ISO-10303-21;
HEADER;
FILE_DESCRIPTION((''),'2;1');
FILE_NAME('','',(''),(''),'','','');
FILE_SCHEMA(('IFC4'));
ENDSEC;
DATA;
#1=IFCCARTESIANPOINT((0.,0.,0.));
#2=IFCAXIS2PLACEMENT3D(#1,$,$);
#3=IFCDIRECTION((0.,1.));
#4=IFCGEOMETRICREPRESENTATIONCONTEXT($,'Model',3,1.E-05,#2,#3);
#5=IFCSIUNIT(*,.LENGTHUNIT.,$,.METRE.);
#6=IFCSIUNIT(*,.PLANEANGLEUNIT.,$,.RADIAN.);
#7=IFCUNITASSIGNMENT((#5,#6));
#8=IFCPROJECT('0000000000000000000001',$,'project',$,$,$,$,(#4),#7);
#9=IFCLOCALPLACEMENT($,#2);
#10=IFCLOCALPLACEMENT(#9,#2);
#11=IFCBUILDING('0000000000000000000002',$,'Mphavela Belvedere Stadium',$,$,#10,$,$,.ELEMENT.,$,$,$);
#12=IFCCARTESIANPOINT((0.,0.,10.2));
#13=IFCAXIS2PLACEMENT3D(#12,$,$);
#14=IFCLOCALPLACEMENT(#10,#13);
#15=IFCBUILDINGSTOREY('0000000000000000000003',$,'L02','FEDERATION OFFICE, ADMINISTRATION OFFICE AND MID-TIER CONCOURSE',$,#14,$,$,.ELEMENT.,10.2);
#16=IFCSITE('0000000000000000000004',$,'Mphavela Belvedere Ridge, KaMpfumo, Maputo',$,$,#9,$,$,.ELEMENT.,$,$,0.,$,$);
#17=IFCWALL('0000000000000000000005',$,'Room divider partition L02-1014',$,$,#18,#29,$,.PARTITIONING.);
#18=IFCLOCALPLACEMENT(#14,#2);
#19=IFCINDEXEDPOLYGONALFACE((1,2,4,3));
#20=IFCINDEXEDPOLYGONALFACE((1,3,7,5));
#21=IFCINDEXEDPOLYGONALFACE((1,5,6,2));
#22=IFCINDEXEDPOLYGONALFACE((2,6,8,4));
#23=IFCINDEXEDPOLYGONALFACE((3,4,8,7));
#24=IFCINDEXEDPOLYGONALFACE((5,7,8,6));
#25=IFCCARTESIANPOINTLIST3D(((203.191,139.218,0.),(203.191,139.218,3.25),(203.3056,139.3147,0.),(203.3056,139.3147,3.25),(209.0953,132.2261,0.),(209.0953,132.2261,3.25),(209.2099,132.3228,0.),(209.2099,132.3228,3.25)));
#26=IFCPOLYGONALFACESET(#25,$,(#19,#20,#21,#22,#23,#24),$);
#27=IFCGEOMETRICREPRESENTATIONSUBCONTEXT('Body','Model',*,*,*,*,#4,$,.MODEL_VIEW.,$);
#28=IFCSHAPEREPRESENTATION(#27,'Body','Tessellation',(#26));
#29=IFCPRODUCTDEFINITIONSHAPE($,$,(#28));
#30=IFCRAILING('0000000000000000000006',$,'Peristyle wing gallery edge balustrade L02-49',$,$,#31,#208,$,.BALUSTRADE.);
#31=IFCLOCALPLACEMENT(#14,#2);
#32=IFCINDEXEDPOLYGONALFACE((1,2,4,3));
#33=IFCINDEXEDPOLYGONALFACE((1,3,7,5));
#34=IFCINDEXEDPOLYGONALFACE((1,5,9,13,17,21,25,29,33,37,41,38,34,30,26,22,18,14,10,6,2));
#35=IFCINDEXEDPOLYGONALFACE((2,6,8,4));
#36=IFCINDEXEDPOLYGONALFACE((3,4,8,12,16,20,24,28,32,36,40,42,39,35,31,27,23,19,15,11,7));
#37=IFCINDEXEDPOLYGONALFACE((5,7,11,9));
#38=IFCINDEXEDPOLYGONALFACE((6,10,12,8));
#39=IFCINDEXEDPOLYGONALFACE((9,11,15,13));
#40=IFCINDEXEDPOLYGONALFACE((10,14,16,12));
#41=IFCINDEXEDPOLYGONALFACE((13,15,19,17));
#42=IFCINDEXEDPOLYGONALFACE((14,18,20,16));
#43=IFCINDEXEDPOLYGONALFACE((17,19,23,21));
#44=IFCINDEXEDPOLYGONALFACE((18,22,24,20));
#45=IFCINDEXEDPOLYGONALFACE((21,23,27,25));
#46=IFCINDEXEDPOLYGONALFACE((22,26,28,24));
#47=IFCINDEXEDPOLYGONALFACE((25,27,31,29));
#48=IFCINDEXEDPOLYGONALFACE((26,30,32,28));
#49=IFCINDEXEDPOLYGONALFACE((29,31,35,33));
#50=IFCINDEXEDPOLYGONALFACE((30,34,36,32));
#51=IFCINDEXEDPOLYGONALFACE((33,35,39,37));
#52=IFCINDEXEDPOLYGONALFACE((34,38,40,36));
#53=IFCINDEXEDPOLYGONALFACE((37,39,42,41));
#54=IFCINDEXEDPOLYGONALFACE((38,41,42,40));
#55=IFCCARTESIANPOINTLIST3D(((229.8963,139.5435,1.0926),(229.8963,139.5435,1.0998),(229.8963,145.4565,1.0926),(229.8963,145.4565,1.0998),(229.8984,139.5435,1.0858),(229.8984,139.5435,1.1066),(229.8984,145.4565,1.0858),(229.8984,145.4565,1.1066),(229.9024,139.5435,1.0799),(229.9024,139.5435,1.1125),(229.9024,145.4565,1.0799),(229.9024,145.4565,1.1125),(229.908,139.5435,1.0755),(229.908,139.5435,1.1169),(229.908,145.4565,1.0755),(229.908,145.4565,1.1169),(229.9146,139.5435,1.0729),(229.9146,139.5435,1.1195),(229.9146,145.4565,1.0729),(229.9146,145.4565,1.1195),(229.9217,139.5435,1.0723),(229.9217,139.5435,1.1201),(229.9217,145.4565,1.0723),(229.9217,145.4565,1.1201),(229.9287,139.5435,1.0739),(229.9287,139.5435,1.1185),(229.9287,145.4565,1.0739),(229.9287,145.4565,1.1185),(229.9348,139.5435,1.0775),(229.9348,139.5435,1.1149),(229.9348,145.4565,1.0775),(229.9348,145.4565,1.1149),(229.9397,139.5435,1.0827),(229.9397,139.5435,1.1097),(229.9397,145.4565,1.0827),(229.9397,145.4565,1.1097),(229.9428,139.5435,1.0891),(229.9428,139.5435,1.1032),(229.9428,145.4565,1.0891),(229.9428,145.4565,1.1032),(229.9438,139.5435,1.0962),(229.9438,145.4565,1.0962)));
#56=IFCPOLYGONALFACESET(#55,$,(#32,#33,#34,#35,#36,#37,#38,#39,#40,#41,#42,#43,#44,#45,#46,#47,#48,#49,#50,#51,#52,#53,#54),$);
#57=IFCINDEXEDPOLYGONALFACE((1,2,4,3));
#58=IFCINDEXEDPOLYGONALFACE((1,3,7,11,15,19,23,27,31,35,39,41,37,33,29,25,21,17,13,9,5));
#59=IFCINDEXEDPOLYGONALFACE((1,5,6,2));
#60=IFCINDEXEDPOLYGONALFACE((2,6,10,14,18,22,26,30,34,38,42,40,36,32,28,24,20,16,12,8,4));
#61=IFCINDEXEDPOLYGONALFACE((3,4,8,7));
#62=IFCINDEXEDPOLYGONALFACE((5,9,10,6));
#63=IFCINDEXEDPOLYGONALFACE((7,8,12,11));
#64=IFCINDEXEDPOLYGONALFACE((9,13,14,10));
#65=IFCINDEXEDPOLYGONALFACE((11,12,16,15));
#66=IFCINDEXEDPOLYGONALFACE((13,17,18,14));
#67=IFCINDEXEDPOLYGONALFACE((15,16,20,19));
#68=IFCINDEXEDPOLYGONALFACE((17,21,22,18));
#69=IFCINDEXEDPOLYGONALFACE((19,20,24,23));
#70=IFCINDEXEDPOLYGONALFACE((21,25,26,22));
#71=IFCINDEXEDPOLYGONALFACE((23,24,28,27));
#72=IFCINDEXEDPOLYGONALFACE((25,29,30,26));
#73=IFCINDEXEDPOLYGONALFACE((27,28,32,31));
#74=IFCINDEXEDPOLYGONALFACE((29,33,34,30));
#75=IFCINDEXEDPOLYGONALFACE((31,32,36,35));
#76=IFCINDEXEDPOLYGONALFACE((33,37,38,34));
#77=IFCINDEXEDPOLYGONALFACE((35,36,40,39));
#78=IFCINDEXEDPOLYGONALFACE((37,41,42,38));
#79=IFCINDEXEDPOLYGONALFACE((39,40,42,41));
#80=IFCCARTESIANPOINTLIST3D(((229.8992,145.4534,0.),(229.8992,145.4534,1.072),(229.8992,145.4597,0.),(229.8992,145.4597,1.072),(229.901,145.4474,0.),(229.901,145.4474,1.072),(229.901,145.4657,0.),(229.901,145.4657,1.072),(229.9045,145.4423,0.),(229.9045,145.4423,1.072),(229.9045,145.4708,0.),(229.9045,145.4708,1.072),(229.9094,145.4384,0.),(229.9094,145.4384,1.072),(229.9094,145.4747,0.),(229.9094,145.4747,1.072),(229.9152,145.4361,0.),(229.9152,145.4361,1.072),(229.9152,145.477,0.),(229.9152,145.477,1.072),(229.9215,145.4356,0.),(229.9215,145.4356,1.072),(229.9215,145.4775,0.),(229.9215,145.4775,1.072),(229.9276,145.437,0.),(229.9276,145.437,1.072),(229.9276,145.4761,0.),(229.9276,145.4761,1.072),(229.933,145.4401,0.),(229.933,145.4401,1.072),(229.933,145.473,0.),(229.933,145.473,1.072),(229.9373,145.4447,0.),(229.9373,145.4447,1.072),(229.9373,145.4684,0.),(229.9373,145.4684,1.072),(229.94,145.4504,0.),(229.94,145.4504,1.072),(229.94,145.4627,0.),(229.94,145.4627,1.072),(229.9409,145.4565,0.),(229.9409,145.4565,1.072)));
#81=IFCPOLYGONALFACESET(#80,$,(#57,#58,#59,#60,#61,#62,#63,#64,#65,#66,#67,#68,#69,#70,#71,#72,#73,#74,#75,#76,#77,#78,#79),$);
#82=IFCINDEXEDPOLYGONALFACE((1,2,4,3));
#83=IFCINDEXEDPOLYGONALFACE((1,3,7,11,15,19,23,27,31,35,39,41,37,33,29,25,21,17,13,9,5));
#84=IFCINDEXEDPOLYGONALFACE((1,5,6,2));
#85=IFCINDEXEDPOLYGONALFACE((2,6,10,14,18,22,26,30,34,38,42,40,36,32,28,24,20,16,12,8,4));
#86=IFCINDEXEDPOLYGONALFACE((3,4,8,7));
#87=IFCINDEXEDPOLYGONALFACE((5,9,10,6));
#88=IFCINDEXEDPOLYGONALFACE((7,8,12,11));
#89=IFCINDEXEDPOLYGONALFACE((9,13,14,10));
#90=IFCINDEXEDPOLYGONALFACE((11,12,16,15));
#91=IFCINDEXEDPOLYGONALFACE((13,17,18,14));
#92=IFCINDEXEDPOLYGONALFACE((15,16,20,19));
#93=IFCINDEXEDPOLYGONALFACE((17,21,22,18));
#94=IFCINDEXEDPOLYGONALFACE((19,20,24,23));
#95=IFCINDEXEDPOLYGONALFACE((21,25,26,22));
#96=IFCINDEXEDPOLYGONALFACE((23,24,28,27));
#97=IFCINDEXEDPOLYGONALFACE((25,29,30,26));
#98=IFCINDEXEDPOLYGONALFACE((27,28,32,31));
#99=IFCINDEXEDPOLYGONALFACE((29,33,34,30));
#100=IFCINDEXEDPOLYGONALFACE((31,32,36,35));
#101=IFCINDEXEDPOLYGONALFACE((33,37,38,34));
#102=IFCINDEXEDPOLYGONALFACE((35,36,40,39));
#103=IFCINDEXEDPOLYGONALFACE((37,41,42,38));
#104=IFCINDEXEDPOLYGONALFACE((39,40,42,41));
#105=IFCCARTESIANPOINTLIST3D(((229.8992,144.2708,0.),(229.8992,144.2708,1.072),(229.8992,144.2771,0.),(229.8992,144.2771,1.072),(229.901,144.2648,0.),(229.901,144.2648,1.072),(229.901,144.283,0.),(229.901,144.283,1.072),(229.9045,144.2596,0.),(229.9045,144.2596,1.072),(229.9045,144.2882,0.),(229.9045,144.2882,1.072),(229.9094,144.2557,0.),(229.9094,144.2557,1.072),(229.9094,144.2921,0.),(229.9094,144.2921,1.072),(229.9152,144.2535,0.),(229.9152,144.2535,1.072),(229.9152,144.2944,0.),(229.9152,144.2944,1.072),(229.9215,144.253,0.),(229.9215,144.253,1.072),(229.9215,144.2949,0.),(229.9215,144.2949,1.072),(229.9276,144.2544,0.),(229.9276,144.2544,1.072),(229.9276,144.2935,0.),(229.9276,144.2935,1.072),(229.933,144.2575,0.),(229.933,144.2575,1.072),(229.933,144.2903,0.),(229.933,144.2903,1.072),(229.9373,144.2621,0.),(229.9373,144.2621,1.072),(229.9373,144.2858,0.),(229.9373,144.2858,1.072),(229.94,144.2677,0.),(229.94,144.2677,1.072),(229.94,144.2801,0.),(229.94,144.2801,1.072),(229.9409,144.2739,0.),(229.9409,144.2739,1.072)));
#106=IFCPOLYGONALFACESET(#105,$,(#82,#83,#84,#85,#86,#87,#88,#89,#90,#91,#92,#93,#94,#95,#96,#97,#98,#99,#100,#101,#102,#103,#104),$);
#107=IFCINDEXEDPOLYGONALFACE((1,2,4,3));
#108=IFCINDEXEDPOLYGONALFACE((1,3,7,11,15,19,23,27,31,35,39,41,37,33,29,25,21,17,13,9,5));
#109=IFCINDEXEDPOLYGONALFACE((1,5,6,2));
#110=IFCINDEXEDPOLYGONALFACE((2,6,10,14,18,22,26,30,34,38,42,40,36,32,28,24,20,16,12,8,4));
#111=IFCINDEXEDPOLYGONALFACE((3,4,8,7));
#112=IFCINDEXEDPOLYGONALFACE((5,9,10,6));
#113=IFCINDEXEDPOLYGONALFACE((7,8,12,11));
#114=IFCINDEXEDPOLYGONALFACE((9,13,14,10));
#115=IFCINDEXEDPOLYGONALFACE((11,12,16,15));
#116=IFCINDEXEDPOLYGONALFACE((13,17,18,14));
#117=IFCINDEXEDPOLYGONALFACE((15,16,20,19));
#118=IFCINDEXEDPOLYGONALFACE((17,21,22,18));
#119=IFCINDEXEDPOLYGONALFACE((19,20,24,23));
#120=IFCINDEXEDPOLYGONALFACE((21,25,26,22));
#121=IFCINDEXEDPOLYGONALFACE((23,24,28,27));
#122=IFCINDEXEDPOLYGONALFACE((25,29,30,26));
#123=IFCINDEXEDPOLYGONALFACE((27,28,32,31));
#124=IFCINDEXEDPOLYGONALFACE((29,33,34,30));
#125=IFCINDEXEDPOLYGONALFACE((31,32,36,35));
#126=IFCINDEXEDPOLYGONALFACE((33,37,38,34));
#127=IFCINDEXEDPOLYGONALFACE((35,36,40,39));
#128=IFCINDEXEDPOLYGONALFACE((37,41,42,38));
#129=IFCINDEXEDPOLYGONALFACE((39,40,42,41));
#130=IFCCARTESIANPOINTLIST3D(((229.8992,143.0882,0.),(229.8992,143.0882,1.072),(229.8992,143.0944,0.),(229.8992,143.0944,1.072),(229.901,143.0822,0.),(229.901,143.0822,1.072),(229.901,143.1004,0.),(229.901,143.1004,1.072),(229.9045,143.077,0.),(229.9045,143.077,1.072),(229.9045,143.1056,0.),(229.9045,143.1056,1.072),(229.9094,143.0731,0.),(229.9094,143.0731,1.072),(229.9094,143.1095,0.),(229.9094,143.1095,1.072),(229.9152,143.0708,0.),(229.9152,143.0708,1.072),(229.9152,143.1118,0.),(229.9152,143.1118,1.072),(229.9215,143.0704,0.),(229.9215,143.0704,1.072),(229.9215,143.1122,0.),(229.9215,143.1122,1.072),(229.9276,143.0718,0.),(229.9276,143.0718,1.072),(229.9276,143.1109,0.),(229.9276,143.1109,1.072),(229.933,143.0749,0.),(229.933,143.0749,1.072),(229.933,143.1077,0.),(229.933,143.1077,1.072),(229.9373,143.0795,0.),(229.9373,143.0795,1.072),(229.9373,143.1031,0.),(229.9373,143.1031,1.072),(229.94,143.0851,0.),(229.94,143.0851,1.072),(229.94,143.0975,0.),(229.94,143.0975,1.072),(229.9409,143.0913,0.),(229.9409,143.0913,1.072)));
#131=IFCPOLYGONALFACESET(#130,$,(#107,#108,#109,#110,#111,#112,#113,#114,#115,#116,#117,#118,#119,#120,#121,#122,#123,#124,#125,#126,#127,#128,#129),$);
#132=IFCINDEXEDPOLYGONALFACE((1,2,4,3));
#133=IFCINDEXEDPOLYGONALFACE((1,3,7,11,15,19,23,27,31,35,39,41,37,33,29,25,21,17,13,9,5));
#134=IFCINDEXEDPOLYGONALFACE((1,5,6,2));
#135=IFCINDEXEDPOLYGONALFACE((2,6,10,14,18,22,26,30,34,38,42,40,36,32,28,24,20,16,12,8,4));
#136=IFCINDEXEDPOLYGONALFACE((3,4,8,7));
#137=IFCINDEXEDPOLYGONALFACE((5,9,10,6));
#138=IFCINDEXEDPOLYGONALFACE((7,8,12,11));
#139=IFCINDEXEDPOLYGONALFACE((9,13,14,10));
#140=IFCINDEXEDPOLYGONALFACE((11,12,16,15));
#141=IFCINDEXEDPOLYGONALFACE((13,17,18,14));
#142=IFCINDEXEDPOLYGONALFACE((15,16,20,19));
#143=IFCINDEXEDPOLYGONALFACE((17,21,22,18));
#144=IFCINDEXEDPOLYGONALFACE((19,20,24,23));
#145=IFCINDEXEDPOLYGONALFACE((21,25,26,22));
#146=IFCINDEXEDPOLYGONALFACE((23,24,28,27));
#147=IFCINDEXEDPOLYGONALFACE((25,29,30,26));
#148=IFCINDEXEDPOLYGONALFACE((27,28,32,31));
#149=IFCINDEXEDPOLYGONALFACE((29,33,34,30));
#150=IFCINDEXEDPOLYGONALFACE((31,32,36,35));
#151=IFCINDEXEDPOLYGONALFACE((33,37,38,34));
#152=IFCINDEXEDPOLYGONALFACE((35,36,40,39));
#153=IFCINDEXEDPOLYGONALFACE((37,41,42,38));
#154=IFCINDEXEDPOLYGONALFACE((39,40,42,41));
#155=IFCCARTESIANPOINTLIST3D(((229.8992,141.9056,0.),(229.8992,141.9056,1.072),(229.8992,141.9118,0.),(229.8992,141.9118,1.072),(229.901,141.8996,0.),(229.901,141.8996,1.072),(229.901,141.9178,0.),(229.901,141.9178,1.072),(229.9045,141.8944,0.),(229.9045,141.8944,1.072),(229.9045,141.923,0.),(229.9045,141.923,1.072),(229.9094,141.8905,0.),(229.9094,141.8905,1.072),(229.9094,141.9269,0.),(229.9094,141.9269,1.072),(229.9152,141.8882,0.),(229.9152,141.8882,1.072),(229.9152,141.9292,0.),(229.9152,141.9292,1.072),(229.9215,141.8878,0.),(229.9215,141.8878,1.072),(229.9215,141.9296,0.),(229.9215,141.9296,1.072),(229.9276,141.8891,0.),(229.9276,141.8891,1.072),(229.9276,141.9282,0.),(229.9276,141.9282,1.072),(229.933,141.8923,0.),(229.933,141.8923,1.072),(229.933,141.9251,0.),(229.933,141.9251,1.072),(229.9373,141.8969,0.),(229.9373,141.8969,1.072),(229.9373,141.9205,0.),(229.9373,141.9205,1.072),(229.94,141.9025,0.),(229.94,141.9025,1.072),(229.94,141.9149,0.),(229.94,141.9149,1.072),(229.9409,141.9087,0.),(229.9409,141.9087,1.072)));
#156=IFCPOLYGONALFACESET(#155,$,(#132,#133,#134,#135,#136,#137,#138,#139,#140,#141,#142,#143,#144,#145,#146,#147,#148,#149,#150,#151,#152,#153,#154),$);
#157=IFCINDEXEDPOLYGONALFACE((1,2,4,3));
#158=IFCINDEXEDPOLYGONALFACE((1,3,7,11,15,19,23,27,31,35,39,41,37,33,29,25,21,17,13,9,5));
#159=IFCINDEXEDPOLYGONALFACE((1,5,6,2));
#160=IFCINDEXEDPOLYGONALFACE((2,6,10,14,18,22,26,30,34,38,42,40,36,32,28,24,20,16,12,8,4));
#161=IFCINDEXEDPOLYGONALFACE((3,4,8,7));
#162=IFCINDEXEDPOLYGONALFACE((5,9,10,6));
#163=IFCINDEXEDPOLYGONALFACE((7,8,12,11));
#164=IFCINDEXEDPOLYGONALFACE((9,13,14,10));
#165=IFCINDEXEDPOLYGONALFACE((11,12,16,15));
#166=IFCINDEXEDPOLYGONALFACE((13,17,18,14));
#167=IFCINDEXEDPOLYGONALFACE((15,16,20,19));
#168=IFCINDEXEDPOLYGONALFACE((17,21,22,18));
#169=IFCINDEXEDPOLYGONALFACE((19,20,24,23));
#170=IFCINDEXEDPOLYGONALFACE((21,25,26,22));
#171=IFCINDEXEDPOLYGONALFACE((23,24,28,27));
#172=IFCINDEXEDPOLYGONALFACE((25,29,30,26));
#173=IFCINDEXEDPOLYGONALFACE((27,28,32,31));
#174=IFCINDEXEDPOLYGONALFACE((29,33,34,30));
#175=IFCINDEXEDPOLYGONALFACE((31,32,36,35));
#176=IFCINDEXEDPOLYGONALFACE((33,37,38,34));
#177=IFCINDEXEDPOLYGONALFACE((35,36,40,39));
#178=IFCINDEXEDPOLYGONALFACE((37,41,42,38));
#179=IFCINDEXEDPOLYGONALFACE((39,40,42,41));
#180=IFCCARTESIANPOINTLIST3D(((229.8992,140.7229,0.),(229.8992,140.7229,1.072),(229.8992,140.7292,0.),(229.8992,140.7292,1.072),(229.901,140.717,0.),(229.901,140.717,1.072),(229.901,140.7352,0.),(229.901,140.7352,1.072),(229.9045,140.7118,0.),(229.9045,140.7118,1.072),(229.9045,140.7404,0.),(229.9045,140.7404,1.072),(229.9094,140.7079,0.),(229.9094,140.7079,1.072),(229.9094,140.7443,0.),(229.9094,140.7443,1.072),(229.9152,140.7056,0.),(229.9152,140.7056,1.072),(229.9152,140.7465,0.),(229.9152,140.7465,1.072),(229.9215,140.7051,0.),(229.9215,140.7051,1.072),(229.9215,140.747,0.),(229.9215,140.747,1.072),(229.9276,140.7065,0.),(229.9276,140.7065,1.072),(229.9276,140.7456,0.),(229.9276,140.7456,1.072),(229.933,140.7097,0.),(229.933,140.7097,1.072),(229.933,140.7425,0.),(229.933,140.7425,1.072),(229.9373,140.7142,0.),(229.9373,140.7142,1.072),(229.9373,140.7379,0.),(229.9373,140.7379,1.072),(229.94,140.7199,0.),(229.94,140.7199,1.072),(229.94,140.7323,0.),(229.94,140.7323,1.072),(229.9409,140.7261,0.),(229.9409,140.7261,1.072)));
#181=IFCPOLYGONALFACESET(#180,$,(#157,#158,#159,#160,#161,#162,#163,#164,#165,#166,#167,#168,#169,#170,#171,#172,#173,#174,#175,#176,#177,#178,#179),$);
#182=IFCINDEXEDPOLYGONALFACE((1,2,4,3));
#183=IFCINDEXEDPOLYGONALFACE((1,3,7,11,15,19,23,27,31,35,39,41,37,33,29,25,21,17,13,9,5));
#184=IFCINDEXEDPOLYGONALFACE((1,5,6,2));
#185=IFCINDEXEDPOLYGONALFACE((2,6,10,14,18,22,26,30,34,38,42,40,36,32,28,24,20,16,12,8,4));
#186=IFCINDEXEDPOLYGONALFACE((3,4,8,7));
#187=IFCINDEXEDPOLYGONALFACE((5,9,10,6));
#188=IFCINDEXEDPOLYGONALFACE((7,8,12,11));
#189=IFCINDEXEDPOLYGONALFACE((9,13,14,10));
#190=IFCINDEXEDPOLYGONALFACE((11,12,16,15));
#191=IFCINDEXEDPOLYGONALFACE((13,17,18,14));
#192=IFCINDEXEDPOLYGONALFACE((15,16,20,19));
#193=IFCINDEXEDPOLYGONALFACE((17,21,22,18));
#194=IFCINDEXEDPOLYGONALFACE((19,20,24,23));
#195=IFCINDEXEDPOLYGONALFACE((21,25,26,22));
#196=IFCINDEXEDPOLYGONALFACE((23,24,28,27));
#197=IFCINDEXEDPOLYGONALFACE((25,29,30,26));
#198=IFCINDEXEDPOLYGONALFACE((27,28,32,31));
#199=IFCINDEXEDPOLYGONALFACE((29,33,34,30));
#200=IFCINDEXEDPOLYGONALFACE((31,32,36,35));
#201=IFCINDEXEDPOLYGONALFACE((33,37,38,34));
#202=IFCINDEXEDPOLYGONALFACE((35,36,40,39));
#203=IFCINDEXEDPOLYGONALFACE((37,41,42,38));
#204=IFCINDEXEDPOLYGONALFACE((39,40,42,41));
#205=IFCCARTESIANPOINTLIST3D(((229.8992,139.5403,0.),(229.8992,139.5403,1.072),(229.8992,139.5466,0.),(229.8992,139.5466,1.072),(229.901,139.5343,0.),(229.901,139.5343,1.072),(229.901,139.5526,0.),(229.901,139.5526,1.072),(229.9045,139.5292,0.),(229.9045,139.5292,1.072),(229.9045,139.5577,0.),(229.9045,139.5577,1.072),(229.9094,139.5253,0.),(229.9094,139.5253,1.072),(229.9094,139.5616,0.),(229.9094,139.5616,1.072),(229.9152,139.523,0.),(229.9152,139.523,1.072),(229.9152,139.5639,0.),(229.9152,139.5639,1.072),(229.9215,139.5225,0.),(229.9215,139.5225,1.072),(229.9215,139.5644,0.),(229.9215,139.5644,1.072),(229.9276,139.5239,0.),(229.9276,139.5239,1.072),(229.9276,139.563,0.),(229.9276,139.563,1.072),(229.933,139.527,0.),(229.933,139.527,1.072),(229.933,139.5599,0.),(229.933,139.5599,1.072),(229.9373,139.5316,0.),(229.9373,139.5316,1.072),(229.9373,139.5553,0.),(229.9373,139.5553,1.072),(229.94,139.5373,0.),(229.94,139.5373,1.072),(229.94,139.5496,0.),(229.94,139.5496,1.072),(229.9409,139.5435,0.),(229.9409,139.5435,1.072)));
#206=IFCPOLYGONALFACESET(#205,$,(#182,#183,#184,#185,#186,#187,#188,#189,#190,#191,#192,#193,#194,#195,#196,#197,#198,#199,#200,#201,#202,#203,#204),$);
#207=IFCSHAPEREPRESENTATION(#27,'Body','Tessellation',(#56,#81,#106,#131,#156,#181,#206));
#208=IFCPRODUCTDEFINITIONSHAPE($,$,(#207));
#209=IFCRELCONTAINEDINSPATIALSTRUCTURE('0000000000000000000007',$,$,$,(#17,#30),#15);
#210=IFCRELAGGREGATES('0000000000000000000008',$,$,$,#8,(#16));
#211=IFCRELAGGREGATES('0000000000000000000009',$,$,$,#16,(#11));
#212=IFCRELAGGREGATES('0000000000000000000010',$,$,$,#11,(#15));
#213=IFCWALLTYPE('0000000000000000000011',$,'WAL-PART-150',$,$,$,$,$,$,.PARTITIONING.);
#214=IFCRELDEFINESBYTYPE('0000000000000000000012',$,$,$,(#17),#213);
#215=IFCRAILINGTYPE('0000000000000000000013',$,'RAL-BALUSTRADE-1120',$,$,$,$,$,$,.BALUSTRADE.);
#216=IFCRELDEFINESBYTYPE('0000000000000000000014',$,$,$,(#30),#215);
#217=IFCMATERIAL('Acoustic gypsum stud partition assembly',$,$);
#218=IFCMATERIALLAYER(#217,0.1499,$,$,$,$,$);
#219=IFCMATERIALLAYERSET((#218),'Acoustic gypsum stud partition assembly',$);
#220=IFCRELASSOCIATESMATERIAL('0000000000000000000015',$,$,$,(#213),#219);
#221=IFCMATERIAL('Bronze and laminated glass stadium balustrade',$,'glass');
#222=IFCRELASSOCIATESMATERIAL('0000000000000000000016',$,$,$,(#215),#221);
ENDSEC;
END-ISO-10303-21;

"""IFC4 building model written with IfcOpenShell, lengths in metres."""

from ifc_helpers import new_model, si_unit, direction, frame, frame_2d, origin, origin_2d, place, context, subcontext, project, spatial, rectangle, circle, extrude, material, layer, layer_set, type_object, element, save


model = new_model("IFC4")

# Units and contexts
model_context = context("Model", 3, precision=1e-05, world=origin(), true_north=direction((0.0, 1.0)))
body_context = subcontext(model_context, "Body", "Model", "MODEL_VIEW")
ifc_project = project(units=[si_unit("LENGTHUNIT", "METRE"), si_unit("PLANEANGLEUNIT", "RADIAN")], contexts=[model_context])

# Site, building, storey
site_placement = place(None, origin())
site = spatial("IfcSite", under=ifc_project, at=site_placement, Name="Mphavela Belvedere Ridge, KaMpfumo, Maputo", CompositionType="ELEMENT", RefElevation=0.0)
building_placement = place(site_placement, origin())
building = spatial("IfcBuilding", under=site, at=building_placement, Name="Mphavela Belvedere Stadium", CompositionType="ELEMENT")
storey_placement = place(building_placement, frame((0.0, 0.0, 10.2)))
storey = spatial("IfcBuildingStorey", under=building, at=storey_placement, Name="L02", Description="FEDERATION OFFICE, ADMINISTRATION OFFICE AND MID-TIER CONCOURSE", CompositionType="ELEMENT", Elevation=10.2)

# Wall
ifc_material_1 = material(Name="Acoustic gypsum stud partition assembly")
ifc_layer_1 = layer(ifc_material_1, 0.1499)
ifc_layer_set_1 = layer_set([ifc_layer_1], Name="Acoustic gypsum stud partition assembly")
wall_type = type_object("IfcWallType", Name="WAL-PART-150", PredefinedType="PARTITIONING", material=ifc_layer_set_1)
wall_placement = place(storey_placement, frame((209.1526, 132.2744, 0.0), z_axis=(0.0, 0.0, 1.0), x_axis=(-0.64518, 0.764031, 0.0)))
element("IfcWall", 1, at=wall_placement, inside=storey, type_object=wall_type, Name="Room divider partition L02-1014", PredefinedType="PARTITIONING", context=body_context, shape_type="SweptSolid", body=[
    extrude(rectangle(XDim=9.1514, YDim=0.1499, at=frame_2d((4.5757, 0.0))), origin(), (0.0, 0.0, 1.0), 3.25),
])

# Railing
ifc_material_2 = material(Name="Bronze and laminated glass stadium balustrade", Category="glass")
railing_type = type_object("IfcRailingType", Name="RAL-BALUSTRADE-1120", PredefinedType="BALUSTRADE", material=ifc_material_2)
for number, where, name in (
    (2, (229.9199, 145.4565, 0.0), "Peristyle wing gallery edge balustrade L02-49"),
):
    element("IfcRailing", number, at=place(storey_placement, frame(where)), inside=storey, type_object=railing_type, Name=name, PredefinedType="BALUSTRADE", context=body_context, shape_type="SweptSolid", body=[
        extrude(circle(Radius=0.0239, at=origin_2d()), frame((0.0, 0.0, 1.0962), z_axis=(0.0, -1.0, 0.0), x_axis=(1.0, 0.0, 0.0)), (0.0, 0.0, 1.0), 5.9131),
        extrude(circle(Radius=0.021, at=origin_2d()), origin(), (0.0, 0.0, 1.0), 1.072),
        extrude(circle(Radius=0.021, at=origin_2d()), frame((0.0, -1.1826, 0.0)), (0.0, 0.0, 1.0), 1.072),
        extrude(circle(Radius=0.021, at=origin_2d()), frame((0.0, -2.3652, 0.0)), (0.0, 0.0, 1.0), 1.072),
        extrude(circle(Radius=0.021, at=origin_2d()), frame((0.0, -3.5479, 0.0)), (0.0, 0.0, 1.0), 1.072),
        extrude(circle(Radius=0.021, at=origin_2d()), frame((0.0, -4.7305, 0.0)), (0.0, 0.0, 1.0), 1.072),
        extrude(circle(Radius=0.021, at=origin_2d()), frame((0.0, -5.9131, 0.0)), (0.0, 0.0, 1.0), 1.072),
    ])

save(model, "model.ifc")
